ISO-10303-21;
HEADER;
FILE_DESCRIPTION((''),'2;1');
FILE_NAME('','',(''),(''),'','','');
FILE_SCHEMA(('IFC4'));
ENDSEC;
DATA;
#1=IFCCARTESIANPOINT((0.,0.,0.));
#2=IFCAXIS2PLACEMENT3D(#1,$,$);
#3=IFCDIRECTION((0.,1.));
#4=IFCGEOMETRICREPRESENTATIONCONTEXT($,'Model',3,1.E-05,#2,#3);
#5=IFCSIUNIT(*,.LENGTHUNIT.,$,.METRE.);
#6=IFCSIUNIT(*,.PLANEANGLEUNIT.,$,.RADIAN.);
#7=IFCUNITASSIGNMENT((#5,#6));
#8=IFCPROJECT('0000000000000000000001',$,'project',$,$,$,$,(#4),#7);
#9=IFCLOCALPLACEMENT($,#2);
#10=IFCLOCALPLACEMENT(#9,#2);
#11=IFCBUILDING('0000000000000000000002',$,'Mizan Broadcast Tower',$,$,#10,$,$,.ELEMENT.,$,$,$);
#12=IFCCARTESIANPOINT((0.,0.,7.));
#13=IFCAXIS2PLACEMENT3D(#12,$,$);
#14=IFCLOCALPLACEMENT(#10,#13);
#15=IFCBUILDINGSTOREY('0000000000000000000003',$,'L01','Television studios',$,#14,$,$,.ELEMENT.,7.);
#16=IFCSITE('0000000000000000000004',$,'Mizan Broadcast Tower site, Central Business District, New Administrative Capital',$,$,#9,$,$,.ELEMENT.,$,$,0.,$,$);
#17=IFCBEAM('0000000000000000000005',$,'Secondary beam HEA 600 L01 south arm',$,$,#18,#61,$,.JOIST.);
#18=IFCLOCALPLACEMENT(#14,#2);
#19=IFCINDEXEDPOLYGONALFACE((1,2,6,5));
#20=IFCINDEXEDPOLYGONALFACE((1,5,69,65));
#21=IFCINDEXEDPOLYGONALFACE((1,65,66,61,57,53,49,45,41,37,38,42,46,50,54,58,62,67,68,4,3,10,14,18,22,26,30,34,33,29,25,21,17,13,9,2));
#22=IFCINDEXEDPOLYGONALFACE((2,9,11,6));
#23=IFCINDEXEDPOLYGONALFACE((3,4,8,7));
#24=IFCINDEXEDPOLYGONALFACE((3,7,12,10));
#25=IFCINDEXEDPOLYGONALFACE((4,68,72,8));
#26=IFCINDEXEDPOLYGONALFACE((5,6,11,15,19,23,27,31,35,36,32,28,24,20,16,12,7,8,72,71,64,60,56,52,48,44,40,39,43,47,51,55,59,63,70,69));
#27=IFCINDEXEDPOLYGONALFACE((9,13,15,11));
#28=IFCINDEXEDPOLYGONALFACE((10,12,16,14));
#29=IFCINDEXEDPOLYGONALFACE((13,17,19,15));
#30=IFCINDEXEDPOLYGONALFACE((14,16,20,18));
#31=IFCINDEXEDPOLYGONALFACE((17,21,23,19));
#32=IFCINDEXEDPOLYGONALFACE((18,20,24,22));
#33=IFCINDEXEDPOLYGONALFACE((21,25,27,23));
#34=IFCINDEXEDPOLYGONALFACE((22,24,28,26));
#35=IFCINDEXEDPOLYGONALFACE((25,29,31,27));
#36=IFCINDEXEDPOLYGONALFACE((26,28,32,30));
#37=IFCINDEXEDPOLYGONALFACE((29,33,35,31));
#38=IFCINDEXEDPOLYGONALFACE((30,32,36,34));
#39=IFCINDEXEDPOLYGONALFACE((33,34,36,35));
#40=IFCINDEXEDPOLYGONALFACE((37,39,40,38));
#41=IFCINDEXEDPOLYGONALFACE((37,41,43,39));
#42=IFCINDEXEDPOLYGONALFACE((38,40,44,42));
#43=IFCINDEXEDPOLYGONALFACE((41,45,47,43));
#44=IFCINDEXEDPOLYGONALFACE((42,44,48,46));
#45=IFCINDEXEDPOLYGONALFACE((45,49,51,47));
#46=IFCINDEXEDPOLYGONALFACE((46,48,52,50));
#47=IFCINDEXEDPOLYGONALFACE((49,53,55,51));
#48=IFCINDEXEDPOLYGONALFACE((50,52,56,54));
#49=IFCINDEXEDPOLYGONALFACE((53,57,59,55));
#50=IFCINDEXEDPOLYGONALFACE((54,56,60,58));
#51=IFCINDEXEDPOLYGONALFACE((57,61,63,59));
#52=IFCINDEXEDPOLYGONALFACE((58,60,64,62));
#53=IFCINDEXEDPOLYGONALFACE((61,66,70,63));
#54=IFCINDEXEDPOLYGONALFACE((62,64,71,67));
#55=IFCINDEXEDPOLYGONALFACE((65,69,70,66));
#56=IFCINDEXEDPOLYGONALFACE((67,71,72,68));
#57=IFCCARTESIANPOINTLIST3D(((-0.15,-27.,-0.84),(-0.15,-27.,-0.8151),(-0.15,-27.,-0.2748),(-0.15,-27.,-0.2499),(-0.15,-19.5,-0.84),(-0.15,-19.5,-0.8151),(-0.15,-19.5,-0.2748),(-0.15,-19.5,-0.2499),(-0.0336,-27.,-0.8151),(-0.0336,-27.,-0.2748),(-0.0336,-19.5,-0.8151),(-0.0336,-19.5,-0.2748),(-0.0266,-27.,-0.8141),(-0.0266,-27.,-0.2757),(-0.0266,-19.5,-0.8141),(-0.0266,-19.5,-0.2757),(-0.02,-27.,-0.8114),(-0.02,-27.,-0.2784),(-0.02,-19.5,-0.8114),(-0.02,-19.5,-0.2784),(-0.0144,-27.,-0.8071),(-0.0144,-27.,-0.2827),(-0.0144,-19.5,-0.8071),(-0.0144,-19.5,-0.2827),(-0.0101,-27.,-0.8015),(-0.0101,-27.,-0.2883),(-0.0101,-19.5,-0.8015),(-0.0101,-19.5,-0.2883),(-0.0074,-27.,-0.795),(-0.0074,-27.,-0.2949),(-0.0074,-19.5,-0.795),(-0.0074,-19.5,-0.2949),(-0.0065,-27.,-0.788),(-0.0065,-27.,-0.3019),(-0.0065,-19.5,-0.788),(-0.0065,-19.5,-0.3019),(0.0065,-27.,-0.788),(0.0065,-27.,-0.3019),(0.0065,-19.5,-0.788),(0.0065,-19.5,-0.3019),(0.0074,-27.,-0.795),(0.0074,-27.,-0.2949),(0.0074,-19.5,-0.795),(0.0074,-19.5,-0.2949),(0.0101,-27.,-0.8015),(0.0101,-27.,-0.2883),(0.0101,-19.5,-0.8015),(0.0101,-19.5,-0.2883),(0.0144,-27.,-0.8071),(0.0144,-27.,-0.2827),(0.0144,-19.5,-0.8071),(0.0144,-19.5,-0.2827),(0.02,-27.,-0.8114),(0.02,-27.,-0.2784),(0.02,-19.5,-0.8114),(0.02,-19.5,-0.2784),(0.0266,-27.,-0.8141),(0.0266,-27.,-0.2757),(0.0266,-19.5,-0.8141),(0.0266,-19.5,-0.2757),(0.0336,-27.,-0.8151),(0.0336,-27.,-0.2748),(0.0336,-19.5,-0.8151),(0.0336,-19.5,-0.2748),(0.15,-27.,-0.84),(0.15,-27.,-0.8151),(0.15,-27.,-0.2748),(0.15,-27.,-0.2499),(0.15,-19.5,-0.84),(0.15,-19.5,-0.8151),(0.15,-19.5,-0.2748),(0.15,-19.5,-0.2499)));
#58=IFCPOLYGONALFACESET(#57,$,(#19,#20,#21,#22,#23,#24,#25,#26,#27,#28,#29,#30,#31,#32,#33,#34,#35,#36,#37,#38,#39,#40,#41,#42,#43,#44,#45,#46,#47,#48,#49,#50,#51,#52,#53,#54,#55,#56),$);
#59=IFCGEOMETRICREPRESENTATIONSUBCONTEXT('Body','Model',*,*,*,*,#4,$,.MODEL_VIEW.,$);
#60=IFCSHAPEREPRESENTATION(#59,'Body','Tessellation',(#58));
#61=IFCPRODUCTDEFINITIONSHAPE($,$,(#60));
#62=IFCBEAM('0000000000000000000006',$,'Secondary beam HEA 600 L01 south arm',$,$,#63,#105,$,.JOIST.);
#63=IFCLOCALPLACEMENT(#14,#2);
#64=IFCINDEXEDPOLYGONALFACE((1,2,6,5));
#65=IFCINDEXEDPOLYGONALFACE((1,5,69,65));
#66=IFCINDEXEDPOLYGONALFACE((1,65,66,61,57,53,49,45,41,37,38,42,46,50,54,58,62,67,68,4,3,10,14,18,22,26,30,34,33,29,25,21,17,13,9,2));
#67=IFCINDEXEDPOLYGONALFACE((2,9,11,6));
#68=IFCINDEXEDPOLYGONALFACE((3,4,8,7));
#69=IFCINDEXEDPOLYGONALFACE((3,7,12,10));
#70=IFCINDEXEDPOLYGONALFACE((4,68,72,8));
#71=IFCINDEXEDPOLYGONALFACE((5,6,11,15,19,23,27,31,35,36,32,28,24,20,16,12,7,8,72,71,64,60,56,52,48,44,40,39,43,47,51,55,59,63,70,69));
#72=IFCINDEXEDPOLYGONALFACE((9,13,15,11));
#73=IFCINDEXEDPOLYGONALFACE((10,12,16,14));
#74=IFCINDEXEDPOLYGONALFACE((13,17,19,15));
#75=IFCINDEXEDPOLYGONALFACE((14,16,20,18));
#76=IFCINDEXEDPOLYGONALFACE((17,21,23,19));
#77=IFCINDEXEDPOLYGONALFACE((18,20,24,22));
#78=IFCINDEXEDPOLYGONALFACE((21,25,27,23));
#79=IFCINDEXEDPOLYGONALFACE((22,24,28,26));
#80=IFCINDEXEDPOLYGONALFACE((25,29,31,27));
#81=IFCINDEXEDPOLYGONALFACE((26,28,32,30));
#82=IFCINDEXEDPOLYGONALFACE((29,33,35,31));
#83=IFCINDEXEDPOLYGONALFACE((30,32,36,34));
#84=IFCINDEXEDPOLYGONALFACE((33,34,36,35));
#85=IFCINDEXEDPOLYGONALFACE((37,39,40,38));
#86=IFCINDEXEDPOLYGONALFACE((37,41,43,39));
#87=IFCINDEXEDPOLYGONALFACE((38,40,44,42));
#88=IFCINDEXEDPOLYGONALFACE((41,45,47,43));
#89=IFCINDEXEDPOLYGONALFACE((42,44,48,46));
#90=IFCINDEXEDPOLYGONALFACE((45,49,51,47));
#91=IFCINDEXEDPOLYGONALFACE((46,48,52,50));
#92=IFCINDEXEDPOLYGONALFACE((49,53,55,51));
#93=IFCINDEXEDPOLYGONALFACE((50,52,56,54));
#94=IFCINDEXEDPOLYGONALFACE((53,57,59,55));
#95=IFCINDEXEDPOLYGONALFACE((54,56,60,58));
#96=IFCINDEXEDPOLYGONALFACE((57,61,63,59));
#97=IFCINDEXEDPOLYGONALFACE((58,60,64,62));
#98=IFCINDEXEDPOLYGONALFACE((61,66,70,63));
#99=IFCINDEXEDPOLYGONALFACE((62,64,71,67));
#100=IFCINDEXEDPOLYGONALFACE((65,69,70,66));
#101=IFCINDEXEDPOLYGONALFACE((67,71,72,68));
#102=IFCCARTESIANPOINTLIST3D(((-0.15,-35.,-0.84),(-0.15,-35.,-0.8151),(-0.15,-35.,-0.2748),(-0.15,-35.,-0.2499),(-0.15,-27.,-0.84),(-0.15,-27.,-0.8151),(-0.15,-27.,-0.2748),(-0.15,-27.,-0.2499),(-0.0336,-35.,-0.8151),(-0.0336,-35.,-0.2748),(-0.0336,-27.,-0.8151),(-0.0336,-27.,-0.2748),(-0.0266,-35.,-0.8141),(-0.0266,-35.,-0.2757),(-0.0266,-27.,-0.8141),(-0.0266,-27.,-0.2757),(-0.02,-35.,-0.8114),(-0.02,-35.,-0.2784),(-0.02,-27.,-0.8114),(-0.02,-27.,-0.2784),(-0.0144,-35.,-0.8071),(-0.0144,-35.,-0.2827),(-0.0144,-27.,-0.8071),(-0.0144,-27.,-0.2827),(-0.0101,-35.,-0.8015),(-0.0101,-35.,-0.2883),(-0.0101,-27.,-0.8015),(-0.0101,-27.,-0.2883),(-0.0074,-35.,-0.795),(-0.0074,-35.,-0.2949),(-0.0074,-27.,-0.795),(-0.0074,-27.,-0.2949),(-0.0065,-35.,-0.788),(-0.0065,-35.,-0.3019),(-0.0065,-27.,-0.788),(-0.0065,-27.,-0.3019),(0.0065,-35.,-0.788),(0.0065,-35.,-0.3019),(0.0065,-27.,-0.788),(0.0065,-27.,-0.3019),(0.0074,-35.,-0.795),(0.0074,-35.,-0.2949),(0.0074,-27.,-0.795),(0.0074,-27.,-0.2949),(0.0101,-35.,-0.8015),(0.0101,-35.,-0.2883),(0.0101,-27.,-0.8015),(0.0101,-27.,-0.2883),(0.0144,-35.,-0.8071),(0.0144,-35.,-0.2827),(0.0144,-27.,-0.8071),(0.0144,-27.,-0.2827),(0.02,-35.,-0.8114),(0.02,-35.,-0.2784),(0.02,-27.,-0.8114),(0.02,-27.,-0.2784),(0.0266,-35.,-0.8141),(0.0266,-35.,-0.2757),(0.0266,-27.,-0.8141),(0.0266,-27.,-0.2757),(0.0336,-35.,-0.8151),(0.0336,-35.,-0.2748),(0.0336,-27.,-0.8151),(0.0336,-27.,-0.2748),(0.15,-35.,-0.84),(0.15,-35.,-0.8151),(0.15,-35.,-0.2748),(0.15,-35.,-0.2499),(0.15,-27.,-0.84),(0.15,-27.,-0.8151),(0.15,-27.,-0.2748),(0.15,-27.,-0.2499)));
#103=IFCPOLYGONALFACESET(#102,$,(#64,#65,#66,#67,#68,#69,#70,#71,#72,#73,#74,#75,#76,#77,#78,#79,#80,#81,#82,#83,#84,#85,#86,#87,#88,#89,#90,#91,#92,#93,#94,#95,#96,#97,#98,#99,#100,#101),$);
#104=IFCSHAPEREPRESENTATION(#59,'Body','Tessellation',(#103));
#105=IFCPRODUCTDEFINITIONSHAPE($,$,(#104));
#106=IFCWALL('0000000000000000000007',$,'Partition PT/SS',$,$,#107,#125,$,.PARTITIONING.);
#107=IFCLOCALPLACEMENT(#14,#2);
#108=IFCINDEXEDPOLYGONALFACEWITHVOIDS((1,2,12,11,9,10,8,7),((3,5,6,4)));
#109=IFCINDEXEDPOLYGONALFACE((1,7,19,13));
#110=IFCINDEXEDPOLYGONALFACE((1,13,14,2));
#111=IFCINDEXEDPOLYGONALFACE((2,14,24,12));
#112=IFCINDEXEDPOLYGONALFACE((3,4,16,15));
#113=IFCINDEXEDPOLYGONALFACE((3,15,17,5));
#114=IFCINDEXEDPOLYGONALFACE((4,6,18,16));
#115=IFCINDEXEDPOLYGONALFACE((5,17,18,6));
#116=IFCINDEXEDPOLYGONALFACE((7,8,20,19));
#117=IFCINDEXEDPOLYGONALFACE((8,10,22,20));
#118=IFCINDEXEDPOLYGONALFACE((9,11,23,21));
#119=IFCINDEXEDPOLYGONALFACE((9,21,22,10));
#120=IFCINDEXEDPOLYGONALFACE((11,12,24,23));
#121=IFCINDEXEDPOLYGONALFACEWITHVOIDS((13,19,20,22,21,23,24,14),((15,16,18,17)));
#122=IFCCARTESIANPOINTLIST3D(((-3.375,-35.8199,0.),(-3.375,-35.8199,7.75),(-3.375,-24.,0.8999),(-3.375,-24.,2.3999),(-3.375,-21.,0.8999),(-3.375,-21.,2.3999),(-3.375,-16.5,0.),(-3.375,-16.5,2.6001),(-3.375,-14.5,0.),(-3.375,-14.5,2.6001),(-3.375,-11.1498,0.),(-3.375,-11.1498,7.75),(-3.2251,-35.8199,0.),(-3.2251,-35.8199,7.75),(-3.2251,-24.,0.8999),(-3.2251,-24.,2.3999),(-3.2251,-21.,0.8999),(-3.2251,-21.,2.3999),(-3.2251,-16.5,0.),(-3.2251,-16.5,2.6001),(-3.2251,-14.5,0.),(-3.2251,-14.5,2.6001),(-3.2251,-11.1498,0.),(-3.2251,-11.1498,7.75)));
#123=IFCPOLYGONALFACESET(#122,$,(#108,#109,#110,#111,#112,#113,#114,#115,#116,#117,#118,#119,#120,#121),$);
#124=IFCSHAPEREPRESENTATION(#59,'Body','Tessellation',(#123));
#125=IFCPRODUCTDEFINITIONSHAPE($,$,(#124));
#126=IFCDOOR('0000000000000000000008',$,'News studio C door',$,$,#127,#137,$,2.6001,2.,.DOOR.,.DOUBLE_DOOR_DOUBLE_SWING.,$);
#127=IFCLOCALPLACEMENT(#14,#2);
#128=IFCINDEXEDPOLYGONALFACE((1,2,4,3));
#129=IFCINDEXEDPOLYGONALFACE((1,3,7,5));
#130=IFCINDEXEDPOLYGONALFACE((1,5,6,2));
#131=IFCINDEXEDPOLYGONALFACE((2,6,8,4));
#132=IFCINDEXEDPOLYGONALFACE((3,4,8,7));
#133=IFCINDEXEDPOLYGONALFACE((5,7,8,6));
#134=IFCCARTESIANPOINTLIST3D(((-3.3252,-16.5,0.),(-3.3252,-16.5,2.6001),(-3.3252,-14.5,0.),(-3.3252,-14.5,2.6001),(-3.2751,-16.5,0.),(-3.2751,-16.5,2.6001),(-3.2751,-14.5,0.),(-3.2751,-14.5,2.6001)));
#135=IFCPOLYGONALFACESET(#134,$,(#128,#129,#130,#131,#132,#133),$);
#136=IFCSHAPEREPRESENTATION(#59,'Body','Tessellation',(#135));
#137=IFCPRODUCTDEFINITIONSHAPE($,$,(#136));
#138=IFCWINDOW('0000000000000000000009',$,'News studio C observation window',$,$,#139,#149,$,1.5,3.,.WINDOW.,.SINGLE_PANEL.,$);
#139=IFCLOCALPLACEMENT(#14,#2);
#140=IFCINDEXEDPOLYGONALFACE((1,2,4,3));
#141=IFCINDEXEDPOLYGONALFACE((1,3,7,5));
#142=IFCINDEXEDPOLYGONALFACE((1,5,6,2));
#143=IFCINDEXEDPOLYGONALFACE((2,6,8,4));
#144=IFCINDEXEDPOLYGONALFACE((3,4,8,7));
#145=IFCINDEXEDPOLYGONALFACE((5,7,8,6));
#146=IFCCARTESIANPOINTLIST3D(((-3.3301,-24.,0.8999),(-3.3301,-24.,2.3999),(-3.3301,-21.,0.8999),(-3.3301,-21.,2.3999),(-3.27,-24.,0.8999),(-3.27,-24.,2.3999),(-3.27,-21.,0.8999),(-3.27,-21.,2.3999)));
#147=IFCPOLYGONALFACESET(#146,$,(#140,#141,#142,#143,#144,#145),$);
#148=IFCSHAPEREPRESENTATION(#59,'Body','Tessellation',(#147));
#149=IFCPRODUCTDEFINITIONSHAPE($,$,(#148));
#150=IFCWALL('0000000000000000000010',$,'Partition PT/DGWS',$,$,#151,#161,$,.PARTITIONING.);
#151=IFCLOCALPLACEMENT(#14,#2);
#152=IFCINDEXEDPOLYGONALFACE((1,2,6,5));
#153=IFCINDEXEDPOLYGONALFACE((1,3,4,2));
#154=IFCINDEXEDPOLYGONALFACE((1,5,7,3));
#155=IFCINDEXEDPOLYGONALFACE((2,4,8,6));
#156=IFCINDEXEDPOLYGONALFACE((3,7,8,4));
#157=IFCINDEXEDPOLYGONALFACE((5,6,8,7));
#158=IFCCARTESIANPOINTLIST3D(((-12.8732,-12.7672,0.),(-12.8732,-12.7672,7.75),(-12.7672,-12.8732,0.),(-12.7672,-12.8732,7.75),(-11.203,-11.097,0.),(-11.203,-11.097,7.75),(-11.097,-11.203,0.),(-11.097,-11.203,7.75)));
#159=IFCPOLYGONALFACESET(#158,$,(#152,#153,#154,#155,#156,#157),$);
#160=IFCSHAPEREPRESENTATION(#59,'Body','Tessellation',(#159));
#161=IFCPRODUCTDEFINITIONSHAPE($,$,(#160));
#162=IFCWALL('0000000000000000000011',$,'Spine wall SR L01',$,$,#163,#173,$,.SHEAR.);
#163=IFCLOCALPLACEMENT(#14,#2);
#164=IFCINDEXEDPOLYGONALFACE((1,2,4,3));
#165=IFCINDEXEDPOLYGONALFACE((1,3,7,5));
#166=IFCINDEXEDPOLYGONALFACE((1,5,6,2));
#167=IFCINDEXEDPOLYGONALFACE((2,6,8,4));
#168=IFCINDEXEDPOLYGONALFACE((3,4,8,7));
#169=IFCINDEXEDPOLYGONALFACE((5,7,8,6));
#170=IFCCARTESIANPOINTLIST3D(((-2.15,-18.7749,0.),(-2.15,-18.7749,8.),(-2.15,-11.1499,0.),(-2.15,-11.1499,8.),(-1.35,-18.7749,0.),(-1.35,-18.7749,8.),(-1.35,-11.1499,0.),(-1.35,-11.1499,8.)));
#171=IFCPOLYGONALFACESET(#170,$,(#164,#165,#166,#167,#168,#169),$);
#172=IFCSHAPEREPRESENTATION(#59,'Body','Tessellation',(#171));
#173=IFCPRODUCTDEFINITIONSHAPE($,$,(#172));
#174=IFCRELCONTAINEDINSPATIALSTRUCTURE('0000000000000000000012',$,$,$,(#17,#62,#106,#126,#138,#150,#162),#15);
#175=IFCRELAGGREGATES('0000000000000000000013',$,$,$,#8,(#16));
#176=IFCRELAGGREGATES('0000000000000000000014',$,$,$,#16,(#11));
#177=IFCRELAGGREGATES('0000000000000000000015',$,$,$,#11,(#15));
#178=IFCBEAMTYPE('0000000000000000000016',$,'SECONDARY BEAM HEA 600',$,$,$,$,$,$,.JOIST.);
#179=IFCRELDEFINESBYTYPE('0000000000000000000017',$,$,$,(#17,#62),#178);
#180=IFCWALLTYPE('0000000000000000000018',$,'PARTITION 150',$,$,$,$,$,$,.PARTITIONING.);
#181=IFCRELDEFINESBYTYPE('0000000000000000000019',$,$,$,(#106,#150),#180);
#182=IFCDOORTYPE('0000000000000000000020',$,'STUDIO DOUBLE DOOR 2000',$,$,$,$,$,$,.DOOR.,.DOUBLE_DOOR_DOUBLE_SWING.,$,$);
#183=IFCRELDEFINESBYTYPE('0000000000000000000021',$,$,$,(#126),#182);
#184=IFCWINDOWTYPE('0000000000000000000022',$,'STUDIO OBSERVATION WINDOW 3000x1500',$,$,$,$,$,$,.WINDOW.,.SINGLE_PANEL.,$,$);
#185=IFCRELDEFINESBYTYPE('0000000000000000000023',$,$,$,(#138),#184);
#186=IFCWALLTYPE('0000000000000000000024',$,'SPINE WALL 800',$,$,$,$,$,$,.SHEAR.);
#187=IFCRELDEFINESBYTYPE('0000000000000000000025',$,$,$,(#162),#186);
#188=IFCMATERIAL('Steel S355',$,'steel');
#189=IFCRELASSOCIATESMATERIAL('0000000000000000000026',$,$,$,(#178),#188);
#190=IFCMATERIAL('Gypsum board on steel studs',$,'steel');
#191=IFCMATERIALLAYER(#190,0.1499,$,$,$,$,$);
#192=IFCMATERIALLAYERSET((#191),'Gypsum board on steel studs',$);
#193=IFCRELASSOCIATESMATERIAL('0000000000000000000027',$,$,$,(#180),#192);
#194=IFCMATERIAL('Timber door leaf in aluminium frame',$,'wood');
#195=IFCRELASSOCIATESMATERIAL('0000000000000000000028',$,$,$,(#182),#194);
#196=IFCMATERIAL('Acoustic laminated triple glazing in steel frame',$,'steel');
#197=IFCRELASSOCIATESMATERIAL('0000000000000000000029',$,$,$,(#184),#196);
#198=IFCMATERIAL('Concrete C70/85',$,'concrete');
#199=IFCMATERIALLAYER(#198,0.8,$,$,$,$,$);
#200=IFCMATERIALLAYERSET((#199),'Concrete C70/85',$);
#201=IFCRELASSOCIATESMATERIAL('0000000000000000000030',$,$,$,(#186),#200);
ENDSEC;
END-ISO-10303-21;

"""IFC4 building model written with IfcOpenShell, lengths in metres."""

from ifc_helpers import new_model, si_unit, direction, frame, frame_2d, origin, origin_2d, place, context, subcontext, project, spatial, rectangle, i_section, extrude, material, layer, layer_set, material_profile, profile_set, type_object, element, fill, save


model = new_model("IFC4")

# Units and contexts
model_context = context("Model", 3, precision=1e-05, world=origin(), true_north=direction((0.0, 1.0)))
body_context = subcontext(model_context, "Body", "Model", "MODEL_VIEW")
ifc_project = project(units=[si_unit("LENGTHUNIT", "METRE"), si_unit("PLANEANGLEUNIT", "RADIAN")], contexts=[model_context])

# Site, building, storey
site_placement = place(None, origin())
site = spatial("IfcSite", under=ifc_project, at=site_placement, Name="Mizan Broadcast Tower site, Central Business District, New Administrative Capital", CompositionType="ELEMENT", RefElevation=0.0)
building_placement = place(site_placement, origin())
building = spatial("IfcBuilding", under=site, at=building_placement, Name="Mizan Broadcast Tower", CompositionType="ELEMENT")
storey_placement = place(building_placement, frame((0.0, 0.0, 7.0)))
storey = spatial("IfcBuildingStorey", under=building, at=storey_placement, Name="L01", Description="Television studios", CompositionType="ELEMENT", Elevation=7.0)

# Beams
ifc_material_1 = material(Name="Steel S355", Category="steel")
ifc_material_profile_1 = material_profile(ifc_material_1, i_section(OverallWidth=0.3, OverallDepth=0.5901, WebThickness=0.0129, FlangeThickness=0.0249, FilletRadius=0.0271, at=origin_2d()), Name="HEA 600")
ifc_profile_set_1 = profile_set([ifc_material_profile_1], Name="Steel S355")
beam_type_1 = type_object("IfcBeamType", Name="SECONDARY BEAM HEA 600", PredefinedType="JOIST", material=ifc_profile_set_1)
beam_1_placement = place(storey_placement, frame((0.0, -19.5, -0.5449), z_axis=(0.0, -1.0, 0.0), x_axis=(1.0, 0.0, 0.0)))
element("IfcBeam", 1, at=beam_1_placement, inside=storey, type_object=beam_type_1, Name="Secondary beam HEA 600 L01 south arm", PredefinedType="JOIST", context=body_context, shape_type="SweptSolid", body=[
    extrude(i_section(OverallWidth=0.3, OverallDepth=0.5901, WebThickness=0.0129, FlangeThickness=0.0249, FilletRadius=0.0271, at=origin_2d()), origin(), (0.0, 0.0, 1.0), 7.5),
])
beam_2_placement = place(storey_placement, frame((0.0, -27.0, -0.5449), z_axis=(0.0, -1.0, 0.0), x_axis=(1.0, 0.0, 0.0)))
element("IfcBeam", 2, at=beam_2_placement, inside=storey, type_object=beam_type_1, Name="Secondary beam HEA 600 L01 south arm", PredefinedType="JOIST", context=body_context, shape_type="SweptSolid", body=[
    extrude(i_section(OverallWidth=0.3, OverallDepth=0.5901, WebThickness=0.0129, FlangeThickness=0.0249, FilletRadius=0.0271, at=origin_2d()), origin(), (0.0, 0.0, 1.0), 8.0),
])

# Wall, openings, door, window
ifc_material_2 = material(Name="Gypsum board on steel studs", Category="steel")
ifc_layer_1 = layer(ifc_material_2, 0.1499)
ifc_layer_set_1 = layer_set([ifc_layer_1], Name="Gypsum board on steel studs")
wall_type_1 = type_object("IfcWallType", Name="PARTITION 150", PredefinedType="PARTITIONING", material=ifc_layer_set_1)
wall_1_placement = place(storey_placement, frame((-3.3, -11.1499, 0.0), z_axis=(0.0, 0.0, 1.0), x_axis=(0.0, -1.0, 0.0)))
wall_1 = element("IfcWall", 3, at=wall_1_placement, inside=storey, type_object=wall_type_1, Name="Partition PT/SS", PredefinedType="PARTITIONING", context=body_context, shape_type="SweptSolid", body=[
    extrude(rectangle(XDim=24.6702, YDim=0.1499, at=frame_2d((12.335, 0.0))), origin(), (0.0, 0.0, 1.0), 7.75),
])
opening_1_placement = place(wall_1_placement, frame((3.3501, 0.0, 0.0)))
opening_1 = element("IfcOpeningElement", 4, at=opening_1_placement, cuts=wall_1, PredefinedType="OPENING", context=body_context, shape_type="SweptSolid", body=[
    extrude(rectangle(XDim=2.0, YDim=2.6001, at=frame_2d((1.0, 1.3))), frame((0.0, 0.085, 0.0), z_axis=(0.0, -1.0, 0.0), x_axis=(1.0, 0.0, 0.0)), (0.0, 0.0, 1.0), 0.1699),
])
opening_2_placement = place(wall_1_placement, frame((9.8501, 0.0, 0.8999)))
opening_2 = element("IfcOpeningElement", 5, at=opening_2_placement, cuts=wall_1, PredefinedType="OPENING", context=body_context, shape_type="SweptSolid", body=[
    extrude(rectangle(XDim=3.0, YDim=1.5, at=frame_2d((1.5, 0.75))), frame((0.0, 0.085, 0.0), z_axis=(0.0, -1.0, 0.0), x_axis=(1.0, 0.0, 0.0)), (0.0, 0.0, 1.0), 0.1699),
])
ifc_material_3 = material(Name="Timber door leaf in aluminium frame", Category="wood")
door_type = type_object("IfcDoorType", Name="STUDIO DOUBLE DOOR 2000", OperationType="DOUBLE_DOOR_DOUBLE_SWING", PredefinedType="DOOR", material=ifc_material_3)
door_placement = place(opening_1_placement, origin())
door = element("IfcDoor", 6, at=door_placement, inside=storey, type_object=door_type, Name="News studio C door", OperationType="DOUBLE_DOOR_DOUBLE_SWING", OverallHeight=2.6001, OverallWidth=2.0, PredefinedType="DOOR", context=body_context, shape_type="SweptSolid", body=[
    extrude(rectangle(XDim=2.0, YDim=2.6001, at=frame_2d((1.0, 1.3))), frame((0.0, 0.0249, 0.0), z_axis=(0.0, -1.0, 0.0), x_axis=(1.0, 0.0, 0.0)), (0.0, 0.0, 1.0), 0.05),
])
fill(opening_1, door)
ifc_material_4 = material(Name="Acoustic laminated triple glazing in steel frame", Category="steel")
window_type = type_object("IfcWindowType", Name="STUDIO OBSERVATION WINDOW 3000x1500", PartitioningType="SINGLE_PANEL", PredefinedType="WINDOW", material=ifc_material_4)
window_placement = place(opening_2_placement, origin())
window = element("IfcWindow", 7, at=window_placement, inside=storey, type_object=window_type, Name="News studio C observation window", OverallHeight=1.5, OverallWidth=3.0, PartitioningType="SINGLE_PANEL", PredefinedType="WINDOW", context=body_context, shape_type="SweptSolid", body=[
    extrude(rectangle(XDim=3.0, YDim=1.5, at=frame_2d((1.5, 0.75))), frame((0.0, 0.03, 0.0), z_axis=(0.0, -1.0, 0.0), x_axis=(1.0, 0.0, 0.0)), (0.0, 0.0, 1.0), 0.0601),
])
fill(opening_2, window)

# Walls
wall_2_placement = place(storey_placement, frame((-11.1499, -11.1499, 0.0), z_axis=(0.0, 0.0, 1.0), x_axis=(-0.707107, -0.707107, 0.0)))
element("IfcWall", 8, at=wall_2_placement, inside=storey, type_object=wall_type_1, Name="Partition PT/DGWS", PredefinedType="PARTITIONING", context=body_context, shape_type="SweptSolid", body=[
    extrude(rectangle(XDim=2.3621, YDim=0.1499, at=frame_2d((1.1812, 0.0))), origin(), (0.0, 0.0, 1.0), 7.75),
])
ifc_material_5 = material(Name="Concrete C70/85", Category="concrete")
ifc_layer_2 = layer(ifc_material_5, 0.8)
ifc_layer_set_2 = layer_set([ifc_layer_2], Name="Concrete C70/85")
wall_type_2 = type_object("IfcWallType", Name="SPINE WALL 800", PredefinedType="SHEAR", material=ifc_layer_set_2)
wall_3_placement = place(storey_placement, frame((-1.75, -11.1499, 0.0), z_axis=(0.0, 0.0, 1.0), x_axis=(0.0, -1.0, 0.0)))
element("IfcWall", 9, at=wall_3_placement, inside=storey, type_object=wall_type_2, Name="Spine wall SR L01", PredefinedType="SHEAR", context=body_context, shape_type="SweptSolid", body=[
    extrude(rectangle(XDim=7.625, YDim=0.8, at=frame_2d((3.8125, 0.0))), origin(), (0.0, 0.0, 1.0), 8.0),
])

save(model, "model.ifc")
